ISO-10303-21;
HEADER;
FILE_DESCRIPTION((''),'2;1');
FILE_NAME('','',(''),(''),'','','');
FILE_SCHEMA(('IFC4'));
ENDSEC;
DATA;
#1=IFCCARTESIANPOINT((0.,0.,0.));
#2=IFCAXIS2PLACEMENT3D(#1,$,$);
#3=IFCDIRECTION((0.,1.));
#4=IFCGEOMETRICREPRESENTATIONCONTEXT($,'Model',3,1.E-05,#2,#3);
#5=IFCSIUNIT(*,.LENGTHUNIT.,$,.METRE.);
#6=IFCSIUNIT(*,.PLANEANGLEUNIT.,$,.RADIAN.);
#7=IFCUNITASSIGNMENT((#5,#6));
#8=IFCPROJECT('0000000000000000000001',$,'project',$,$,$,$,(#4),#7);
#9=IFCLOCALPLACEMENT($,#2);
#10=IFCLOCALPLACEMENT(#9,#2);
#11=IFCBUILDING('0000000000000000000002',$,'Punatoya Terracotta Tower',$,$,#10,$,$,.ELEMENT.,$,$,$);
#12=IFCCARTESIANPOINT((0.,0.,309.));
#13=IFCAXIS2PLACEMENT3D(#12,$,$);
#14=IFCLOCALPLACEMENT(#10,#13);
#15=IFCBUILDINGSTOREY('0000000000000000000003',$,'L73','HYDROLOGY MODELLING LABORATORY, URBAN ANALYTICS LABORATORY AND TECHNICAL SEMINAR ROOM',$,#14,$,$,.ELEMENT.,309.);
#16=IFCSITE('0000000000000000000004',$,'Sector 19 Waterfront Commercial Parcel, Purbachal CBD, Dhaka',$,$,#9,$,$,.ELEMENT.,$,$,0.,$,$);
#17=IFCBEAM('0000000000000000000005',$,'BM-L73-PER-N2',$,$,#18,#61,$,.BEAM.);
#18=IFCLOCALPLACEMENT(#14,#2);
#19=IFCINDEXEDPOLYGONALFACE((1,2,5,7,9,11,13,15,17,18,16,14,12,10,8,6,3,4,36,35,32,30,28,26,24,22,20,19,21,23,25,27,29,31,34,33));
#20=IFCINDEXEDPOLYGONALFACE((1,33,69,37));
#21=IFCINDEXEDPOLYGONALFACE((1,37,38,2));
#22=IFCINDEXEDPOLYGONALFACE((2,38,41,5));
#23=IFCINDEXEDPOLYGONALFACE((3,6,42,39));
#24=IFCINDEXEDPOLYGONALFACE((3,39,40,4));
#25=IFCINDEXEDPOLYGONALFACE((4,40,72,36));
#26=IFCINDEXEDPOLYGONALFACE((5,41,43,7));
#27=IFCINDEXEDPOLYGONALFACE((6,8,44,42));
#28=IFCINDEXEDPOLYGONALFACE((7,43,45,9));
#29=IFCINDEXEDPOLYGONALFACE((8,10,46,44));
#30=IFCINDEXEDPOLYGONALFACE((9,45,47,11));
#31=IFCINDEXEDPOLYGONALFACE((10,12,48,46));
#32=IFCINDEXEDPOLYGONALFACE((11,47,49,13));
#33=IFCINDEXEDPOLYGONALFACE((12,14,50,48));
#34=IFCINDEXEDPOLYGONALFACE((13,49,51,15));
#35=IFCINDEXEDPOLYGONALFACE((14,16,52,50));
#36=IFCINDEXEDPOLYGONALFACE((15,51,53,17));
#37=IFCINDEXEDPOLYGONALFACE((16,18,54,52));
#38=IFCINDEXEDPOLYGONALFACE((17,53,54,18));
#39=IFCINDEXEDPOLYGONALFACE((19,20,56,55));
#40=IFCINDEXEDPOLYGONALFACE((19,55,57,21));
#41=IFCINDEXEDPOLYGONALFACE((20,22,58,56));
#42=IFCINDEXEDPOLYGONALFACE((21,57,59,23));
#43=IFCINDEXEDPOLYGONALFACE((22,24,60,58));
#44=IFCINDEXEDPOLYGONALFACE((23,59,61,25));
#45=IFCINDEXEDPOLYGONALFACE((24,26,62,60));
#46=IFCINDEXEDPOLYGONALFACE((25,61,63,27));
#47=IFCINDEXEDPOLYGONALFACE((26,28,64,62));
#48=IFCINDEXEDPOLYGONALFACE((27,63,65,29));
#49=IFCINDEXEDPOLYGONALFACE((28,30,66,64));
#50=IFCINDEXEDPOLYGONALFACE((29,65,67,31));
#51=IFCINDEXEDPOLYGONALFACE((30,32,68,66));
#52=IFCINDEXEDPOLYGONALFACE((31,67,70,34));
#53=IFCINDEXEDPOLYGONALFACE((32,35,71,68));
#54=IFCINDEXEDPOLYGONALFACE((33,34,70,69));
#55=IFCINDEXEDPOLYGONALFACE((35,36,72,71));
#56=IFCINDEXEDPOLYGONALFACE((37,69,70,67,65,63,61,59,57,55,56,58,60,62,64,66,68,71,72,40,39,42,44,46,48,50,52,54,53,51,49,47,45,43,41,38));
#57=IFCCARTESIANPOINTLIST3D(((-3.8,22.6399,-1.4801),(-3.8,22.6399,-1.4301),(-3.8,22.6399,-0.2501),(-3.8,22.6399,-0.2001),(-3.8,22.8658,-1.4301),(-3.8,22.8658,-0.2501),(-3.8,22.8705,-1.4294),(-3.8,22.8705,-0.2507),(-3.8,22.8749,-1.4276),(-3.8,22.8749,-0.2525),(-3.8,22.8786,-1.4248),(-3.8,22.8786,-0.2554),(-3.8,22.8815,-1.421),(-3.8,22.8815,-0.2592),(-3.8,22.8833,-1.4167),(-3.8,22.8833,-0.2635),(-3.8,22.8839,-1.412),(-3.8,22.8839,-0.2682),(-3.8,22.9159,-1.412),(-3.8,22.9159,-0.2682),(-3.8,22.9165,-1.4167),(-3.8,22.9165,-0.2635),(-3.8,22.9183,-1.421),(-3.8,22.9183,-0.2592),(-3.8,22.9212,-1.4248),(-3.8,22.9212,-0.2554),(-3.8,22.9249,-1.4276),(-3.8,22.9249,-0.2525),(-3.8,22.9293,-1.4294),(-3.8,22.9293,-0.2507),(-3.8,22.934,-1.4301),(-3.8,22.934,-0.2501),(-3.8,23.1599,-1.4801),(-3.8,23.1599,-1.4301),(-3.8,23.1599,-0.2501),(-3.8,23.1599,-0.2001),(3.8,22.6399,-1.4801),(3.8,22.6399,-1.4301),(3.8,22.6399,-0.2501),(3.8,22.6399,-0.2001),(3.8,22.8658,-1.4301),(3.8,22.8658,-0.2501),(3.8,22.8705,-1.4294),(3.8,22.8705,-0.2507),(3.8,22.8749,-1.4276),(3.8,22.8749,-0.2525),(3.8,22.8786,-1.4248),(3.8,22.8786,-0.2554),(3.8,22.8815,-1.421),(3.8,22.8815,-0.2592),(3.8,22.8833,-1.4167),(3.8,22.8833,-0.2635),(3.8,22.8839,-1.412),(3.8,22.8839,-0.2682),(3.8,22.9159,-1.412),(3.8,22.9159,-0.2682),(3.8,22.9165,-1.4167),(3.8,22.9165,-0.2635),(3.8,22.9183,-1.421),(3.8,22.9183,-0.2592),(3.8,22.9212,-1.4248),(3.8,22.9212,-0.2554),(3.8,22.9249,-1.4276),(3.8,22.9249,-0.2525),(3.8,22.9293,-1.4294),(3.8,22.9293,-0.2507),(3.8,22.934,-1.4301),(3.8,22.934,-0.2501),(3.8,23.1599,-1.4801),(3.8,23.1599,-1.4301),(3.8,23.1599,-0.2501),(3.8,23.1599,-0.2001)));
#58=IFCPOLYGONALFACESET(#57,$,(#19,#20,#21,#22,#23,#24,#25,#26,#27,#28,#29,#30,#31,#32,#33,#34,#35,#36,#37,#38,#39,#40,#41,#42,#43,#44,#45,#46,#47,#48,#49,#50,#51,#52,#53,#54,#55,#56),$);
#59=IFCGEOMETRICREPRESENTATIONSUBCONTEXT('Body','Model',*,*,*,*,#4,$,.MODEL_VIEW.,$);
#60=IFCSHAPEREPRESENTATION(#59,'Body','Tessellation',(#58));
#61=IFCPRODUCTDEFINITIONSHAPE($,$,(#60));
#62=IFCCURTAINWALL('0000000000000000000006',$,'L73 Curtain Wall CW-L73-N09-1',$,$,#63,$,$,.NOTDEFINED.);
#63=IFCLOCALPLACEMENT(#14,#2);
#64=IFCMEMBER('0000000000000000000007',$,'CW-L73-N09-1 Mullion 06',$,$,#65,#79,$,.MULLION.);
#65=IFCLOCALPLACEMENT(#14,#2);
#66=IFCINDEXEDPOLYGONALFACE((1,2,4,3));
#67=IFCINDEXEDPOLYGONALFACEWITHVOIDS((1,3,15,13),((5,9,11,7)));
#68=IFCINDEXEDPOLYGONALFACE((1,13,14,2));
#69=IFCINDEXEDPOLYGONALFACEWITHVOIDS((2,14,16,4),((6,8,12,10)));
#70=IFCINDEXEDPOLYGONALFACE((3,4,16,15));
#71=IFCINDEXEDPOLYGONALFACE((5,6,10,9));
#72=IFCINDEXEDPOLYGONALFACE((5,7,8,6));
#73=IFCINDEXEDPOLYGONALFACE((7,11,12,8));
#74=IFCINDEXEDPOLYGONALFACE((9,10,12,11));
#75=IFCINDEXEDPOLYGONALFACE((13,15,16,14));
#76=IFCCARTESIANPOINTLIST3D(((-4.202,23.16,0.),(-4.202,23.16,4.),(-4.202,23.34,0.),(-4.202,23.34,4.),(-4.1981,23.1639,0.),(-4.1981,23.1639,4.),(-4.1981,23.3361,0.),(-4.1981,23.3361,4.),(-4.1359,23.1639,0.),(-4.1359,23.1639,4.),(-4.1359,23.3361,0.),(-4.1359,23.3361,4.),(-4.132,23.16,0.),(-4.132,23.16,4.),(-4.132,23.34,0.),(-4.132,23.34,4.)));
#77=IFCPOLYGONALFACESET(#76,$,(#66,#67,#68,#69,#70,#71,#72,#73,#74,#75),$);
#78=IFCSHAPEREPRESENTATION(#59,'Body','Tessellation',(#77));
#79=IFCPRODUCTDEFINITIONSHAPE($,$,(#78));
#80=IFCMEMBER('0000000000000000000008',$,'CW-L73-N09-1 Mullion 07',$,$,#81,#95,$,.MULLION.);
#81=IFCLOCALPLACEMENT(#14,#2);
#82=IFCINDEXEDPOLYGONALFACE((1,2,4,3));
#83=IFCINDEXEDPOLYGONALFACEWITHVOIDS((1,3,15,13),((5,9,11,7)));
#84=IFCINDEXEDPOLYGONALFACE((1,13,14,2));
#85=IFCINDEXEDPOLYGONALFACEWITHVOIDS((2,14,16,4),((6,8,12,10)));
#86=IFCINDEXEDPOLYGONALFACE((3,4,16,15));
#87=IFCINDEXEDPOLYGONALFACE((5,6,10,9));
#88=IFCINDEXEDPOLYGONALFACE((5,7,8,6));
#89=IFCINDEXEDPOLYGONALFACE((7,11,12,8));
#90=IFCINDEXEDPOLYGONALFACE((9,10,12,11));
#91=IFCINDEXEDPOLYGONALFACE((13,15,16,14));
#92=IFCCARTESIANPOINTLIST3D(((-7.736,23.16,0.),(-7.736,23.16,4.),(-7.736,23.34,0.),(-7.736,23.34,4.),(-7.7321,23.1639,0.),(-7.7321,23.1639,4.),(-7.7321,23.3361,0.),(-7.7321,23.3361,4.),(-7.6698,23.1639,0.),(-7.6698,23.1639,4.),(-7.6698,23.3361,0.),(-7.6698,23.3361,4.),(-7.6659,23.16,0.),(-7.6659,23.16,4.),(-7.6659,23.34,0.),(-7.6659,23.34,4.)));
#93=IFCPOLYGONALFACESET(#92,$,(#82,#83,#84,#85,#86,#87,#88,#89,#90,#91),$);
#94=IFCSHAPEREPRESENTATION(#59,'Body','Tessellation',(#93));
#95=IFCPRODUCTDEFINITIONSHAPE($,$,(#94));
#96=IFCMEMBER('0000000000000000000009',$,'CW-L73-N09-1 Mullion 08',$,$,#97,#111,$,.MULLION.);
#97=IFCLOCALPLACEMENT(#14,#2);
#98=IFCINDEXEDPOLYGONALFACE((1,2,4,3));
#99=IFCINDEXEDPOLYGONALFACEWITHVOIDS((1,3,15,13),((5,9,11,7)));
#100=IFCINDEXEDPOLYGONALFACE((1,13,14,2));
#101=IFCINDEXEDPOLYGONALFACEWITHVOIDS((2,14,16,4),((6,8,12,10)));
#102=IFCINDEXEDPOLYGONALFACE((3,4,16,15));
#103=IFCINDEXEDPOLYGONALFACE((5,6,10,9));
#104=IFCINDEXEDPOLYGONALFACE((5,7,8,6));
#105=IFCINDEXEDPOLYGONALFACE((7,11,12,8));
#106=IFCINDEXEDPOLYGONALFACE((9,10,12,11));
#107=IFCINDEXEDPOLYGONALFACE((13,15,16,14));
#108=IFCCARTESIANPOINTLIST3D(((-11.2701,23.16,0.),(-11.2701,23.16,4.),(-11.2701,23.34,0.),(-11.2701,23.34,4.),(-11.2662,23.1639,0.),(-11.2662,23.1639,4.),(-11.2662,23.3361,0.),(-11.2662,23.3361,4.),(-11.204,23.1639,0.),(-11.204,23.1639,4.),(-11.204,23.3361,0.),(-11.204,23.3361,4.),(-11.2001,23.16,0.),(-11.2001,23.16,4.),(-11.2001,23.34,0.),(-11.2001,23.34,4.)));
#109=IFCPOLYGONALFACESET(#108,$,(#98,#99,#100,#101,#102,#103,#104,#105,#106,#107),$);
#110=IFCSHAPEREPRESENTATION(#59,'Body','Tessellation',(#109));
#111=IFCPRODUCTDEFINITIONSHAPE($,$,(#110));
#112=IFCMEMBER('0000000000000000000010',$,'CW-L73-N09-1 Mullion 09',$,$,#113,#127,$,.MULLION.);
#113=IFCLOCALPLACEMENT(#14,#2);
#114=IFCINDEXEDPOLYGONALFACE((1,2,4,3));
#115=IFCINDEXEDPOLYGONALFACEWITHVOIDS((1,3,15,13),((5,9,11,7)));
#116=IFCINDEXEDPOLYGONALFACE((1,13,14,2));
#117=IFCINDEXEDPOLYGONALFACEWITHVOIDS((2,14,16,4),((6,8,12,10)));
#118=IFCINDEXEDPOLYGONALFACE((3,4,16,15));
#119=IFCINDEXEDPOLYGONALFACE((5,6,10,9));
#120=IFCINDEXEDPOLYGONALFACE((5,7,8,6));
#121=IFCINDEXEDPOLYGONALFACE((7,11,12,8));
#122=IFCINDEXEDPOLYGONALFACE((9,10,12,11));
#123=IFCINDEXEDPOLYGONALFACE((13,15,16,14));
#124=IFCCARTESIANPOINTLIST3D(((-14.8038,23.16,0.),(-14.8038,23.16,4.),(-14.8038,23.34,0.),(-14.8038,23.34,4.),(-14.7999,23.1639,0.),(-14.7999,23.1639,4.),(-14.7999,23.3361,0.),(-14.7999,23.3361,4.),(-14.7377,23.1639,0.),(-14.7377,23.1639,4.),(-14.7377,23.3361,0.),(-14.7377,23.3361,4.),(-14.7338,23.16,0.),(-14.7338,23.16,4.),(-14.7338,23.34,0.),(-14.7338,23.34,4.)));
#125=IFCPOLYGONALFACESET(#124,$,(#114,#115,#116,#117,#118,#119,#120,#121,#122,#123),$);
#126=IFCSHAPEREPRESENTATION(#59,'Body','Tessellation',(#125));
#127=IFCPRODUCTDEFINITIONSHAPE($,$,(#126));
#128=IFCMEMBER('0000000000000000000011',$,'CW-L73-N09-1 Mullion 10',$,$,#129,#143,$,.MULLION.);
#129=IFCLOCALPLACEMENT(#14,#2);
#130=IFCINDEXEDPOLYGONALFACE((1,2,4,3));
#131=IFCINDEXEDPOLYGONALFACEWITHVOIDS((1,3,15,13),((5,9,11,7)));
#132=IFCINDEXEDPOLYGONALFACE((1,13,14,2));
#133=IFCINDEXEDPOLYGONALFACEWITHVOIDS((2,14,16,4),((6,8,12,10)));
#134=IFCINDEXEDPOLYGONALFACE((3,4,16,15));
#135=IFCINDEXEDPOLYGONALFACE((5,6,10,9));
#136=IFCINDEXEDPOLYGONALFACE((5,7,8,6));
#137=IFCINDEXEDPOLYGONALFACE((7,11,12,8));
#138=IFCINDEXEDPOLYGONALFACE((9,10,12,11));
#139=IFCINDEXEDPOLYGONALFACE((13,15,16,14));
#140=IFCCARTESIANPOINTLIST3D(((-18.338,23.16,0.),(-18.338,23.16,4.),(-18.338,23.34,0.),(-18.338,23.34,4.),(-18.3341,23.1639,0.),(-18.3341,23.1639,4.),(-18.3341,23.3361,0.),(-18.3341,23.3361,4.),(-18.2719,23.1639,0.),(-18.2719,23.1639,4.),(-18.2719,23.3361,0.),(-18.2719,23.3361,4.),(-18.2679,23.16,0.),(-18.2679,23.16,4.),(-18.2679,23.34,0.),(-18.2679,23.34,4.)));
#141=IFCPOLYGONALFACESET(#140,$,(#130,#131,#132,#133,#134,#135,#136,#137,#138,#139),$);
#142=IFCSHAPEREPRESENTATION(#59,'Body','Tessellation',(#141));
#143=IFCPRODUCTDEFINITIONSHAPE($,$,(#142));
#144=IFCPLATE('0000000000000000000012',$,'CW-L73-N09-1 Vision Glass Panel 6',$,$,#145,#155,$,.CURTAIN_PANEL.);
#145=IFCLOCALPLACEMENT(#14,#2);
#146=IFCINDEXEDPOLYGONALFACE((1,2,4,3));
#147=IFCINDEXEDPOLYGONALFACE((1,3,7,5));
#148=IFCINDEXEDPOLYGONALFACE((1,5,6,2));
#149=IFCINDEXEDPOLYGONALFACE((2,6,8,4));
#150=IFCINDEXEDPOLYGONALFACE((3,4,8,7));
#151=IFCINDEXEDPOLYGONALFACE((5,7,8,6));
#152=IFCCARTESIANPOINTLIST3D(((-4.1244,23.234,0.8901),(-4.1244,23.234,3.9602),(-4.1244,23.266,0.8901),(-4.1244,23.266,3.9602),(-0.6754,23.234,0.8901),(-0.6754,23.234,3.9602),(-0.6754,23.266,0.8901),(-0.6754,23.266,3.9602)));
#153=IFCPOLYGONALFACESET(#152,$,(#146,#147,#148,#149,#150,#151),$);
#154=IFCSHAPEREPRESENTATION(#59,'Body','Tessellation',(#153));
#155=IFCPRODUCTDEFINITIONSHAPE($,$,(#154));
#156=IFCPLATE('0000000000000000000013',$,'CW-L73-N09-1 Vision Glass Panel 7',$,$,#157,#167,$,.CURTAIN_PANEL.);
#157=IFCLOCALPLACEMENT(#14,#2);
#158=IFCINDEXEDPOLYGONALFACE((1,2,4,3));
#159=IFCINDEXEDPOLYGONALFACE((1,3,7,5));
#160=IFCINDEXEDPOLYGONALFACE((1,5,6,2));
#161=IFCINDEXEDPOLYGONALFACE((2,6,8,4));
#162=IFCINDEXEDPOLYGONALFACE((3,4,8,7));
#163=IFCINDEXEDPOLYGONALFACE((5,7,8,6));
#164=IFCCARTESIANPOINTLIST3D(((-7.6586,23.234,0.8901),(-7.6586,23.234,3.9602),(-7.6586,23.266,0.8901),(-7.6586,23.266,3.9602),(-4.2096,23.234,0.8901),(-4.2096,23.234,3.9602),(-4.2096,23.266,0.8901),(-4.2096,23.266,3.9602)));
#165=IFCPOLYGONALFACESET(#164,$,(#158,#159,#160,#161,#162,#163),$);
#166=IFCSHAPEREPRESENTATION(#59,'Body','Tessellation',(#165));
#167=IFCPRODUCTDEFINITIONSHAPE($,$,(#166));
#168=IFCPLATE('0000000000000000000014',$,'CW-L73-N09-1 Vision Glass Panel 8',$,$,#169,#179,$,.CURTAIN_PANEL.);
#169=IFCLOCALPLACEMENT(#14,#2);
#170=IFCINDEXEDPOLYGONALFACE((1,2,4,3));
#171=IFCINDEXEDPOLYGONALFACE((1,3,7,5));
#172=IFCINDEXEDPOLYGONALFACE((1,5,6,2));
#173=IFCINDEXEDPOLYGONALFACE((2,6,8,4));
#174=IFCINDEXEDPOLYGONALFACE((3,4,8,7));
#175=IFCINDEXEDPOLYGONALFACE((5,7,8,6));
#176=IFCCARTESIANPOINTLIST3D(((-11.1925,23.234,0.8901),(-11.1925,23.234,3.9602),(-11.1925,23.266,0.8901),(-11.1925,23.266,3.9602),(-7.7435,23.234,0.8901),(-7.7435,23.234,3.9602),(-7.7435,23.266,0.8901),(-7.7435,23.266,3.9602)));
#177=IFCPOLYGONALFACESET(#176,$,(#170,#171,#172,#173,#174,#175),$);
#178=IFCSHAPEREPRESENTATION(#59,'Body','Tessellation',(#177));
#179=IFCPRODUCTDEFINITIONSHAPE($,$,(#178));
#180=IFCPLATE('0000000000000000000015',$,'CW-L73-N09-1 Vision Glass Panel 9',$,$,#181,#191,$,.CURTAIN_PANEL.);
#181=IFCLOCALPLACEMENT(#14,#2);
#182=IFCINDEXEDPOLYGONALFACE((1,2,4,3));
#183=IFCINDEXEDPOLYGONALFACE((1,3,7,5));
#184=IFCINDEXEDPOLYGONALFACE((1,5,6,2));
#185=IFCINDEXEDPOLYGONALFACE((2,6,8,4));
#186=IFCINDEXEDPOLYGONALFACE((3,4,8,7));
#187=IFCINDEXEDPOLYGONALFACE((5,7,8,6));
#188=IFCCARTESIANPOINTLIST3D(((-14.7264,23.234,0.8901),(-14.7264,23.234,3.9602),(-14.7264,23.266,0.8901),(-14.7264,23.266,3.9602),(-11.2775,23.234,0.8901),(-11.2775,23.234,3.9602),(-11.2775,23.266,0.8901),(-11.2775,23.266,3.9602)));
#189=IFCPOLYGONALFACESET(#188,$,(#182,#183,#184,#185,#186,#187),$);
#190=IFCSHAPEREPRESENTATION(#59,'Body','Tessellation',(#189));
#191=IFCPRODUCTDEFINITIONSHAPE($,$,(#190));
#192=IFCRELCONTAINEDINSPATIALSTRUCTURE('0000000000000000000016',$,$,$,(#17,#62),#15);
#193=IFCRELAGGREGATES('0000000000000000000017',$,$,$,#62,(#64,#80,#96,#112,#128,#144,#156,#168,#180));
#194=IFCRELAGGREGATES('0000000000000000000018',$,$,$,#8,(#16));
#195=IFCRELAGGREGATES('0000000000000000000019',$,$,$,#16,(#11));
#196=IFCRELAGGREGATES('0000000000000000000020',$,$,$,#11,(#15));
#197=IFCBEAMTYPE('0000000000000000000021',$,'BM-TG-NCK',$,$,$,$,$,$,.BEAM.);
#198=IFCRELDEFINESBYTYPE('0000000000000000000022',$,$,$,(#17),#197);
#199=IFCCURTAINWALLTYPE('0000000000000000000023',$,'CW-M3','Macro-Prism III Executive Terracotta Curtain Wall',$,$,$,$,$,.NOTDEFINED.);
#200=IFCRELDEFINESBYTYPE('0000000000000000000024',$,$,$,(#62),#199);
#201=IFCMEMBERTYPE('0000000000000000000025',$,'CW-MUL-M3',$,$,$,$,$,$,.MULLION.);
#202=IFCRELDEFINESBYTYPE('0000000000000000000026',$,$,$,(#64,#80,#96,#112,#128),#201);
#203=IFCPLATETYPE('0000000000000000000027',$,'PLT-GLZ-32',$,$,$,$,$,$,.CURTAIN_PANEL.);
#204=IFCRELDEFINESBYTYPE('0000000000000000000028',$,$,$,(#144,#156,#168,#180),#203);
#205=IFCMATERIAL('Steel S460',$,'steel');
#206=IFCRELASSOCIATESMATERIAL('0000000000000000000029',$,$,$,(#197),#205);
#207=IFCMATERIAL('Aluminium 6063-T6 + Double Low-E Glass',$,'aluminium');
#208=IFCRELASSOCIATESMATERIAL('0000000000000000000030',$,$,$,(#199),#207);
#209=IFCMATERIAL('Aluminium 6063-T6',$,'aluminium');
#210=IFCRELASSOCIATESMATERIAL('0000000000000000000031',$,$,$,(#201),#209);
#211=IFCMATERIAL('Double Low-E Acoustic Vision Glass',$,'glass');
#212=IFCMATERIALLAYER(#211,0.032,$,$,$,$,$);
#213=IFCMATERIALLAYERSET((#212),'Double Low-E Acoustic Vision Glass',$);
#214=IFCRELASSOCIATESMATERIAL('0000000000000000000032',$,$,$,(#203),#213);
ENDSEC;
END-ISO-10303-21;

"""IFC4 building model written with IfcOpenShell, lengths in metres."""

from ifc_helpers import new_model, si_unit, direction, frame, origin, origin_2d, place, context, subcontext, project, spatial, rectangle, hollow_rectangle, i_section, extrude, material, layer, layer_set, material_profile, profile_set, type_object, element, aggregate, save


model = new_model("IFC4")

# Units and contexts
model_context = context("Model", 3, precision=1e-05, world=origin(), true_north=direction((0.0, 1.0)))
body_context = subcontext(model_context, "Body", "Model", "MODEL_VIEW")
ifc_project = project(units=[si_unit("LENGTHUNIT", "METRE"), si_unit("PLANEANGLEUNIT", "RADIAN")], contexts=[model_context])

# Site, building, storey
site_placement = place(None, origin())
site = spatial("IfcSite", under=ifc_project, at=site_placement, Name="Sector 19 Waterfront Commercial Parcel, Purbachal CBD, Dhaka", CompositionType="ELEMENT", RefElevation=0.0)
building_placement = place(site_placement, origin())
building = spatial("IfcBuilding", under=site, at=building_placement, Name="Punatoya Terracotta Tower", CompositionType="ELEMENT")
storey_placement = place(building_placement, frame((0.0, 0.0, 309.0)))
storey = spatial("IfcBuildingStorey", under=building, at=storey_placement, Name="L73", Description="HYDROLOGY MODELLING LABORATORY, URBAN ANALYTICS LABORATORY AND TECHNICAL SEMINAR ROOM", CompositionType="ELEMENT", Elevation=309.0)

# Shared definitions
ifc_material_1 = material(Name="Steel S460", Category="steel")

# Beam
ifc_material_profile_1 = material_profile(ifc_material_1, i_section(OverallWidth=0.52, OverallDepth=1.28, WebThickness=0.032, FlangeThickness=0.05, FilletRadius=0.0181, at=origin_2d()))
ifc_profile_set_1 = profile_set([ifc_material_profile_1], Name="Steel S460")
beam_type_1 = type_object("IfcBeamType", Name="BM-TG-NCK", PredefinedType="BEAM", material=ifc_profile_set_1)
beam_1_placement = place(storey_placement, frame((-3.8, 22.8999, -0.8401), z_axis=(1.0, 0.0, 0.0), x_axis=(0.0, 1.0, 0.0)))
element("IfcBeam", 1, at=beam_1_placement, inside=storey, type_object=beam_type_1, Name="BM-L73-PER-N2", PredefinedType="BEAM", context=body_context, shape_type="SweptSolid", body=[
    extrude(i_section(OverallWidth=0.52, OverallDepth=1.28, WebThickness=0.032, FlangeThickness=0.05, FilletRadius=0.0181, at=origin_2d()), origin(), (0.0, 0.0, 1.0), 7.6001),
])

# Curtain wall, members, plates
ifc_material_2 = material(Name="Aluminium 6063-T6 + Double Low-E Glass", Category="aluminium")
curtain_wall_type = type_object("IfcCurtainWallType", Name="CW-M3", Description="Macro-Prism III Executive Terracotta Curtain Wall", PredefinedType="NOTDEFINED", material=ifc_material_2)
curtain_wall_placement = place(storey_placement, origin())
curtain_wall = element("IfcCurtainWall", 2, at=curtain_wall_placement, inside=storey, type_object=curtain_wall_type, Name="L73 Curtain Wall CW-L73-N09-1", PredefinedType="NOTDEFINED")
ifc_material_3 = material(Name="Aluminium 6063-T6", Category="aluminium")
ifc_material_profile_2 = material_profile(ifc_material_3, hollow_rectangle(XDim=0.0701, YDim=0.1799, WallThickness=0.0039, at=origin_2d()))
ifc_profile_set_2 = profile_set([ifc_material_profile_2], Name="Aluminium 6063-T6")
member_type = type_object("IfcMemberType", Name="CW-MUL-M3", PredefinedType="MULLION", material=ifc_profile_set_2)
member_1_placement = place(storey_placement, frame((-4.167, 23.25, 0.0), z_axis=(0.0, 0.0, 1.0), x_axis=(1.0, 0.0, 0.0)))
member_1 = element("IfcMember", 3, at=member_1_placement, type_object=member_type, Name="CW-L73-N09-1 Mullion 06", PredefinedType="MULLION", context=body_context, shape_type="SweptSolid", body=[
    extrude(hollow_rectangle(XDim=0.0701, YDim=0.1799, WallThickness=0.0039, at=origin_2d()), origin(), (0.0, 0.0, 1.0), 4.0),
])
member_2_placement = place(storey_placement, frame((-7.7009, 23.25, 0.0), z_axis=(0.0, 0.0, 1.0), x_axis=(1.0, 0.0, 0.0)))
member_2 = element("IfcMember", 4, at=member_2_placement, type_object=member_type, Name="CW-L73-N09-1 Mullion 07", PredefinedType="MULLION", context=body_context, shape_type="SweptSolid", body=[
    extrude(hollow_rectangle(XDim=0.0701, YDim=0.1799, WallThickness=0.0039, at=origin_2d()), origin(), (0.0, 0.0, 1.0), 4.0),
])
member_3_placement = place(storey_placement, frame((-11.2351, 23.25, 0.0), z_axis=(0.0, 0.0, 1.0), x_axis=(1.0, 0.0, 0.0)))
member_3 = element("IfcMember", 5, at=member_3_placement, type_object=member_type, Name="CW-L73-N09-1 Mullion 08", PredefinedType="MULLION", context=body_context, shape_type="SweptSolid", body=[
    extrude(hollow_rectangle(XDim=0.0701, YDim=0.1799, WallThickness=0.0039, at=origin_2d()), origin(), (0.0, 0.0, 1.0), 4.0),
])
member_4_placement = place(storey_placement, frame((-14.7688, 23.25, 0.0), z_axis=(0.0, 0.0, 1.0), x_axis=(1.0, 0.0, 0.0)))
member_4 = element("IfcMember", 6, at=member_4_placement, type_object=member_type, Name="CW-L73-N09-1 Mullion 09", PredefinedType="MULLION", context=body_context, shape_type="SweptSolid", body=[
    extrude(hollow_rectangle(XDim=0.0701, YDim=0.1799, WallThickness=0.0039, at=origin_2d()), origin(), (0.0, 0.0, 1.0), 4.0),
])
member_5_placement = place(storey_placement, frame((-18.303, 23.25, 0.0), z_axis=(0.0, 0.0, 1.0), x_axis=(1.0, 0.0, 0.0)))
member_5 = element("IfcMember", 7, at=member_5_placement, type_object=member_type, Name="CW-L73-N09-1 Mullion 10", PredefinedType="MULLION", context=body_context, shape_type="SweptSolid", body=[
    extrude(hollow_rectangle(XDim=0.0701, YDim=0.1799, WallThickness=0.0039, at=origin_2d()), origin(), (0.0, 0.0, 1.0), 4.0),
])
ifc_material_4 = material(Name="Double Low-E Acoustic Vision Glass", Category="glass")
ifc_layer_1 = layer(ifc_material_4, 0.032)
ifc_layer_set_1 = layer_set([ifc_layer_1], Name="Double Low-E Acoustic Vision Glass")
plate_type_1 = type_object("IfcPlateType", Name="PLT-GLZ-32", PredefinedType="CURTAIN_PANEL", material=ifc_layer_set_1)
plate_1_placement = place(storey_placement, frame((-2.3999, 23.25, 0.8901), z_axis=(0.0, 0.0, 1.0), x_axis=(-1.0, 0.0, 0.0)))
plate_1 = element("IfcPlate", 8, at=plate_1_placement, type_object=plate_type_1, Name="CW-L73-N09-1 Vision Glass Panel 6", PredefinedType="CURTAIN_PANEL", context=body_context, shape_type="SweptSolid", body=[
    extrude(rectangle(XDim=3.449, YDim=0.032, at=origin_2d()), origin(), (0.0, 0.0, 1.0), 3.0701),
])
plate_2_placement = place(storey_placement, frame((-5.9341, 23.25, 0.8901), z_axis=(0.0, 0.0, 1.0), x_axis=(-1.0, 0.0, 0.0)))
plate_2 = element("IfcPlate", 9, at=plate_2_placement, type_object=plate_type_1, Name="CW-L73-N09-1 Vision Glass Panel 7", PredefinedType="CURTAIN_PANEL", context=body_context, shape_type="SweptSolid", body=[
    extrude(rectangle(XDim=3.449, YDim=0.032, at=origin_2d()), origin(), (0.0, 0.0, 1.0), 3.0701),
])
plate_3_placement = place(storey_placement, frame((-9.468, 23.25, 0.8901), z_axis=(0.0, 0.0, 1.0), x_axis=(-1.0, 0.0, 0.0)))
plate_3 = element("IfcPlate", 10, at=plate_3_placement, type_object=plate_type_1, Name="CW-L73-N09-1 Vision Glass Panel 8", PredefinedType="CURTAIN_PANEL", context=body_context, shape_type="SweptSolid", body=[
    extrude(rectangle(XDim=3.449, YDim=0.032, at=origin_2d()), origin(), (0.0, 0.0, 1.0), 3.0701),
])
plate_4_placement = place(storey_placement, frame((-13.002, 23.25, 0.8901), z_axis=(0.0, 0.0, 1.0), x_axis=(-1.0, 0.0, 0.0)))
plate_4 = element("IfcPlate", 11, at=plate_4_placement, type_object=plate_type_1, Name="CW-L73-N09-1 Vision Glass Panel 9", PredefinedType="CURTAIN_PANEL", context=body_context, shape_type="SweptSolid", body=[
    extrude(rectangle(XDim=3.449, YDim=0.032, at=origin_2d()), origin(), (0.0, 0.0, 1.0), 3.0701),
])
aggregate(curtain_wall, [member_1, member_2, member_3, member_4, member_5, plate_1, plate_2, plate_3, plate_4])

save(model, "model.ifc")
